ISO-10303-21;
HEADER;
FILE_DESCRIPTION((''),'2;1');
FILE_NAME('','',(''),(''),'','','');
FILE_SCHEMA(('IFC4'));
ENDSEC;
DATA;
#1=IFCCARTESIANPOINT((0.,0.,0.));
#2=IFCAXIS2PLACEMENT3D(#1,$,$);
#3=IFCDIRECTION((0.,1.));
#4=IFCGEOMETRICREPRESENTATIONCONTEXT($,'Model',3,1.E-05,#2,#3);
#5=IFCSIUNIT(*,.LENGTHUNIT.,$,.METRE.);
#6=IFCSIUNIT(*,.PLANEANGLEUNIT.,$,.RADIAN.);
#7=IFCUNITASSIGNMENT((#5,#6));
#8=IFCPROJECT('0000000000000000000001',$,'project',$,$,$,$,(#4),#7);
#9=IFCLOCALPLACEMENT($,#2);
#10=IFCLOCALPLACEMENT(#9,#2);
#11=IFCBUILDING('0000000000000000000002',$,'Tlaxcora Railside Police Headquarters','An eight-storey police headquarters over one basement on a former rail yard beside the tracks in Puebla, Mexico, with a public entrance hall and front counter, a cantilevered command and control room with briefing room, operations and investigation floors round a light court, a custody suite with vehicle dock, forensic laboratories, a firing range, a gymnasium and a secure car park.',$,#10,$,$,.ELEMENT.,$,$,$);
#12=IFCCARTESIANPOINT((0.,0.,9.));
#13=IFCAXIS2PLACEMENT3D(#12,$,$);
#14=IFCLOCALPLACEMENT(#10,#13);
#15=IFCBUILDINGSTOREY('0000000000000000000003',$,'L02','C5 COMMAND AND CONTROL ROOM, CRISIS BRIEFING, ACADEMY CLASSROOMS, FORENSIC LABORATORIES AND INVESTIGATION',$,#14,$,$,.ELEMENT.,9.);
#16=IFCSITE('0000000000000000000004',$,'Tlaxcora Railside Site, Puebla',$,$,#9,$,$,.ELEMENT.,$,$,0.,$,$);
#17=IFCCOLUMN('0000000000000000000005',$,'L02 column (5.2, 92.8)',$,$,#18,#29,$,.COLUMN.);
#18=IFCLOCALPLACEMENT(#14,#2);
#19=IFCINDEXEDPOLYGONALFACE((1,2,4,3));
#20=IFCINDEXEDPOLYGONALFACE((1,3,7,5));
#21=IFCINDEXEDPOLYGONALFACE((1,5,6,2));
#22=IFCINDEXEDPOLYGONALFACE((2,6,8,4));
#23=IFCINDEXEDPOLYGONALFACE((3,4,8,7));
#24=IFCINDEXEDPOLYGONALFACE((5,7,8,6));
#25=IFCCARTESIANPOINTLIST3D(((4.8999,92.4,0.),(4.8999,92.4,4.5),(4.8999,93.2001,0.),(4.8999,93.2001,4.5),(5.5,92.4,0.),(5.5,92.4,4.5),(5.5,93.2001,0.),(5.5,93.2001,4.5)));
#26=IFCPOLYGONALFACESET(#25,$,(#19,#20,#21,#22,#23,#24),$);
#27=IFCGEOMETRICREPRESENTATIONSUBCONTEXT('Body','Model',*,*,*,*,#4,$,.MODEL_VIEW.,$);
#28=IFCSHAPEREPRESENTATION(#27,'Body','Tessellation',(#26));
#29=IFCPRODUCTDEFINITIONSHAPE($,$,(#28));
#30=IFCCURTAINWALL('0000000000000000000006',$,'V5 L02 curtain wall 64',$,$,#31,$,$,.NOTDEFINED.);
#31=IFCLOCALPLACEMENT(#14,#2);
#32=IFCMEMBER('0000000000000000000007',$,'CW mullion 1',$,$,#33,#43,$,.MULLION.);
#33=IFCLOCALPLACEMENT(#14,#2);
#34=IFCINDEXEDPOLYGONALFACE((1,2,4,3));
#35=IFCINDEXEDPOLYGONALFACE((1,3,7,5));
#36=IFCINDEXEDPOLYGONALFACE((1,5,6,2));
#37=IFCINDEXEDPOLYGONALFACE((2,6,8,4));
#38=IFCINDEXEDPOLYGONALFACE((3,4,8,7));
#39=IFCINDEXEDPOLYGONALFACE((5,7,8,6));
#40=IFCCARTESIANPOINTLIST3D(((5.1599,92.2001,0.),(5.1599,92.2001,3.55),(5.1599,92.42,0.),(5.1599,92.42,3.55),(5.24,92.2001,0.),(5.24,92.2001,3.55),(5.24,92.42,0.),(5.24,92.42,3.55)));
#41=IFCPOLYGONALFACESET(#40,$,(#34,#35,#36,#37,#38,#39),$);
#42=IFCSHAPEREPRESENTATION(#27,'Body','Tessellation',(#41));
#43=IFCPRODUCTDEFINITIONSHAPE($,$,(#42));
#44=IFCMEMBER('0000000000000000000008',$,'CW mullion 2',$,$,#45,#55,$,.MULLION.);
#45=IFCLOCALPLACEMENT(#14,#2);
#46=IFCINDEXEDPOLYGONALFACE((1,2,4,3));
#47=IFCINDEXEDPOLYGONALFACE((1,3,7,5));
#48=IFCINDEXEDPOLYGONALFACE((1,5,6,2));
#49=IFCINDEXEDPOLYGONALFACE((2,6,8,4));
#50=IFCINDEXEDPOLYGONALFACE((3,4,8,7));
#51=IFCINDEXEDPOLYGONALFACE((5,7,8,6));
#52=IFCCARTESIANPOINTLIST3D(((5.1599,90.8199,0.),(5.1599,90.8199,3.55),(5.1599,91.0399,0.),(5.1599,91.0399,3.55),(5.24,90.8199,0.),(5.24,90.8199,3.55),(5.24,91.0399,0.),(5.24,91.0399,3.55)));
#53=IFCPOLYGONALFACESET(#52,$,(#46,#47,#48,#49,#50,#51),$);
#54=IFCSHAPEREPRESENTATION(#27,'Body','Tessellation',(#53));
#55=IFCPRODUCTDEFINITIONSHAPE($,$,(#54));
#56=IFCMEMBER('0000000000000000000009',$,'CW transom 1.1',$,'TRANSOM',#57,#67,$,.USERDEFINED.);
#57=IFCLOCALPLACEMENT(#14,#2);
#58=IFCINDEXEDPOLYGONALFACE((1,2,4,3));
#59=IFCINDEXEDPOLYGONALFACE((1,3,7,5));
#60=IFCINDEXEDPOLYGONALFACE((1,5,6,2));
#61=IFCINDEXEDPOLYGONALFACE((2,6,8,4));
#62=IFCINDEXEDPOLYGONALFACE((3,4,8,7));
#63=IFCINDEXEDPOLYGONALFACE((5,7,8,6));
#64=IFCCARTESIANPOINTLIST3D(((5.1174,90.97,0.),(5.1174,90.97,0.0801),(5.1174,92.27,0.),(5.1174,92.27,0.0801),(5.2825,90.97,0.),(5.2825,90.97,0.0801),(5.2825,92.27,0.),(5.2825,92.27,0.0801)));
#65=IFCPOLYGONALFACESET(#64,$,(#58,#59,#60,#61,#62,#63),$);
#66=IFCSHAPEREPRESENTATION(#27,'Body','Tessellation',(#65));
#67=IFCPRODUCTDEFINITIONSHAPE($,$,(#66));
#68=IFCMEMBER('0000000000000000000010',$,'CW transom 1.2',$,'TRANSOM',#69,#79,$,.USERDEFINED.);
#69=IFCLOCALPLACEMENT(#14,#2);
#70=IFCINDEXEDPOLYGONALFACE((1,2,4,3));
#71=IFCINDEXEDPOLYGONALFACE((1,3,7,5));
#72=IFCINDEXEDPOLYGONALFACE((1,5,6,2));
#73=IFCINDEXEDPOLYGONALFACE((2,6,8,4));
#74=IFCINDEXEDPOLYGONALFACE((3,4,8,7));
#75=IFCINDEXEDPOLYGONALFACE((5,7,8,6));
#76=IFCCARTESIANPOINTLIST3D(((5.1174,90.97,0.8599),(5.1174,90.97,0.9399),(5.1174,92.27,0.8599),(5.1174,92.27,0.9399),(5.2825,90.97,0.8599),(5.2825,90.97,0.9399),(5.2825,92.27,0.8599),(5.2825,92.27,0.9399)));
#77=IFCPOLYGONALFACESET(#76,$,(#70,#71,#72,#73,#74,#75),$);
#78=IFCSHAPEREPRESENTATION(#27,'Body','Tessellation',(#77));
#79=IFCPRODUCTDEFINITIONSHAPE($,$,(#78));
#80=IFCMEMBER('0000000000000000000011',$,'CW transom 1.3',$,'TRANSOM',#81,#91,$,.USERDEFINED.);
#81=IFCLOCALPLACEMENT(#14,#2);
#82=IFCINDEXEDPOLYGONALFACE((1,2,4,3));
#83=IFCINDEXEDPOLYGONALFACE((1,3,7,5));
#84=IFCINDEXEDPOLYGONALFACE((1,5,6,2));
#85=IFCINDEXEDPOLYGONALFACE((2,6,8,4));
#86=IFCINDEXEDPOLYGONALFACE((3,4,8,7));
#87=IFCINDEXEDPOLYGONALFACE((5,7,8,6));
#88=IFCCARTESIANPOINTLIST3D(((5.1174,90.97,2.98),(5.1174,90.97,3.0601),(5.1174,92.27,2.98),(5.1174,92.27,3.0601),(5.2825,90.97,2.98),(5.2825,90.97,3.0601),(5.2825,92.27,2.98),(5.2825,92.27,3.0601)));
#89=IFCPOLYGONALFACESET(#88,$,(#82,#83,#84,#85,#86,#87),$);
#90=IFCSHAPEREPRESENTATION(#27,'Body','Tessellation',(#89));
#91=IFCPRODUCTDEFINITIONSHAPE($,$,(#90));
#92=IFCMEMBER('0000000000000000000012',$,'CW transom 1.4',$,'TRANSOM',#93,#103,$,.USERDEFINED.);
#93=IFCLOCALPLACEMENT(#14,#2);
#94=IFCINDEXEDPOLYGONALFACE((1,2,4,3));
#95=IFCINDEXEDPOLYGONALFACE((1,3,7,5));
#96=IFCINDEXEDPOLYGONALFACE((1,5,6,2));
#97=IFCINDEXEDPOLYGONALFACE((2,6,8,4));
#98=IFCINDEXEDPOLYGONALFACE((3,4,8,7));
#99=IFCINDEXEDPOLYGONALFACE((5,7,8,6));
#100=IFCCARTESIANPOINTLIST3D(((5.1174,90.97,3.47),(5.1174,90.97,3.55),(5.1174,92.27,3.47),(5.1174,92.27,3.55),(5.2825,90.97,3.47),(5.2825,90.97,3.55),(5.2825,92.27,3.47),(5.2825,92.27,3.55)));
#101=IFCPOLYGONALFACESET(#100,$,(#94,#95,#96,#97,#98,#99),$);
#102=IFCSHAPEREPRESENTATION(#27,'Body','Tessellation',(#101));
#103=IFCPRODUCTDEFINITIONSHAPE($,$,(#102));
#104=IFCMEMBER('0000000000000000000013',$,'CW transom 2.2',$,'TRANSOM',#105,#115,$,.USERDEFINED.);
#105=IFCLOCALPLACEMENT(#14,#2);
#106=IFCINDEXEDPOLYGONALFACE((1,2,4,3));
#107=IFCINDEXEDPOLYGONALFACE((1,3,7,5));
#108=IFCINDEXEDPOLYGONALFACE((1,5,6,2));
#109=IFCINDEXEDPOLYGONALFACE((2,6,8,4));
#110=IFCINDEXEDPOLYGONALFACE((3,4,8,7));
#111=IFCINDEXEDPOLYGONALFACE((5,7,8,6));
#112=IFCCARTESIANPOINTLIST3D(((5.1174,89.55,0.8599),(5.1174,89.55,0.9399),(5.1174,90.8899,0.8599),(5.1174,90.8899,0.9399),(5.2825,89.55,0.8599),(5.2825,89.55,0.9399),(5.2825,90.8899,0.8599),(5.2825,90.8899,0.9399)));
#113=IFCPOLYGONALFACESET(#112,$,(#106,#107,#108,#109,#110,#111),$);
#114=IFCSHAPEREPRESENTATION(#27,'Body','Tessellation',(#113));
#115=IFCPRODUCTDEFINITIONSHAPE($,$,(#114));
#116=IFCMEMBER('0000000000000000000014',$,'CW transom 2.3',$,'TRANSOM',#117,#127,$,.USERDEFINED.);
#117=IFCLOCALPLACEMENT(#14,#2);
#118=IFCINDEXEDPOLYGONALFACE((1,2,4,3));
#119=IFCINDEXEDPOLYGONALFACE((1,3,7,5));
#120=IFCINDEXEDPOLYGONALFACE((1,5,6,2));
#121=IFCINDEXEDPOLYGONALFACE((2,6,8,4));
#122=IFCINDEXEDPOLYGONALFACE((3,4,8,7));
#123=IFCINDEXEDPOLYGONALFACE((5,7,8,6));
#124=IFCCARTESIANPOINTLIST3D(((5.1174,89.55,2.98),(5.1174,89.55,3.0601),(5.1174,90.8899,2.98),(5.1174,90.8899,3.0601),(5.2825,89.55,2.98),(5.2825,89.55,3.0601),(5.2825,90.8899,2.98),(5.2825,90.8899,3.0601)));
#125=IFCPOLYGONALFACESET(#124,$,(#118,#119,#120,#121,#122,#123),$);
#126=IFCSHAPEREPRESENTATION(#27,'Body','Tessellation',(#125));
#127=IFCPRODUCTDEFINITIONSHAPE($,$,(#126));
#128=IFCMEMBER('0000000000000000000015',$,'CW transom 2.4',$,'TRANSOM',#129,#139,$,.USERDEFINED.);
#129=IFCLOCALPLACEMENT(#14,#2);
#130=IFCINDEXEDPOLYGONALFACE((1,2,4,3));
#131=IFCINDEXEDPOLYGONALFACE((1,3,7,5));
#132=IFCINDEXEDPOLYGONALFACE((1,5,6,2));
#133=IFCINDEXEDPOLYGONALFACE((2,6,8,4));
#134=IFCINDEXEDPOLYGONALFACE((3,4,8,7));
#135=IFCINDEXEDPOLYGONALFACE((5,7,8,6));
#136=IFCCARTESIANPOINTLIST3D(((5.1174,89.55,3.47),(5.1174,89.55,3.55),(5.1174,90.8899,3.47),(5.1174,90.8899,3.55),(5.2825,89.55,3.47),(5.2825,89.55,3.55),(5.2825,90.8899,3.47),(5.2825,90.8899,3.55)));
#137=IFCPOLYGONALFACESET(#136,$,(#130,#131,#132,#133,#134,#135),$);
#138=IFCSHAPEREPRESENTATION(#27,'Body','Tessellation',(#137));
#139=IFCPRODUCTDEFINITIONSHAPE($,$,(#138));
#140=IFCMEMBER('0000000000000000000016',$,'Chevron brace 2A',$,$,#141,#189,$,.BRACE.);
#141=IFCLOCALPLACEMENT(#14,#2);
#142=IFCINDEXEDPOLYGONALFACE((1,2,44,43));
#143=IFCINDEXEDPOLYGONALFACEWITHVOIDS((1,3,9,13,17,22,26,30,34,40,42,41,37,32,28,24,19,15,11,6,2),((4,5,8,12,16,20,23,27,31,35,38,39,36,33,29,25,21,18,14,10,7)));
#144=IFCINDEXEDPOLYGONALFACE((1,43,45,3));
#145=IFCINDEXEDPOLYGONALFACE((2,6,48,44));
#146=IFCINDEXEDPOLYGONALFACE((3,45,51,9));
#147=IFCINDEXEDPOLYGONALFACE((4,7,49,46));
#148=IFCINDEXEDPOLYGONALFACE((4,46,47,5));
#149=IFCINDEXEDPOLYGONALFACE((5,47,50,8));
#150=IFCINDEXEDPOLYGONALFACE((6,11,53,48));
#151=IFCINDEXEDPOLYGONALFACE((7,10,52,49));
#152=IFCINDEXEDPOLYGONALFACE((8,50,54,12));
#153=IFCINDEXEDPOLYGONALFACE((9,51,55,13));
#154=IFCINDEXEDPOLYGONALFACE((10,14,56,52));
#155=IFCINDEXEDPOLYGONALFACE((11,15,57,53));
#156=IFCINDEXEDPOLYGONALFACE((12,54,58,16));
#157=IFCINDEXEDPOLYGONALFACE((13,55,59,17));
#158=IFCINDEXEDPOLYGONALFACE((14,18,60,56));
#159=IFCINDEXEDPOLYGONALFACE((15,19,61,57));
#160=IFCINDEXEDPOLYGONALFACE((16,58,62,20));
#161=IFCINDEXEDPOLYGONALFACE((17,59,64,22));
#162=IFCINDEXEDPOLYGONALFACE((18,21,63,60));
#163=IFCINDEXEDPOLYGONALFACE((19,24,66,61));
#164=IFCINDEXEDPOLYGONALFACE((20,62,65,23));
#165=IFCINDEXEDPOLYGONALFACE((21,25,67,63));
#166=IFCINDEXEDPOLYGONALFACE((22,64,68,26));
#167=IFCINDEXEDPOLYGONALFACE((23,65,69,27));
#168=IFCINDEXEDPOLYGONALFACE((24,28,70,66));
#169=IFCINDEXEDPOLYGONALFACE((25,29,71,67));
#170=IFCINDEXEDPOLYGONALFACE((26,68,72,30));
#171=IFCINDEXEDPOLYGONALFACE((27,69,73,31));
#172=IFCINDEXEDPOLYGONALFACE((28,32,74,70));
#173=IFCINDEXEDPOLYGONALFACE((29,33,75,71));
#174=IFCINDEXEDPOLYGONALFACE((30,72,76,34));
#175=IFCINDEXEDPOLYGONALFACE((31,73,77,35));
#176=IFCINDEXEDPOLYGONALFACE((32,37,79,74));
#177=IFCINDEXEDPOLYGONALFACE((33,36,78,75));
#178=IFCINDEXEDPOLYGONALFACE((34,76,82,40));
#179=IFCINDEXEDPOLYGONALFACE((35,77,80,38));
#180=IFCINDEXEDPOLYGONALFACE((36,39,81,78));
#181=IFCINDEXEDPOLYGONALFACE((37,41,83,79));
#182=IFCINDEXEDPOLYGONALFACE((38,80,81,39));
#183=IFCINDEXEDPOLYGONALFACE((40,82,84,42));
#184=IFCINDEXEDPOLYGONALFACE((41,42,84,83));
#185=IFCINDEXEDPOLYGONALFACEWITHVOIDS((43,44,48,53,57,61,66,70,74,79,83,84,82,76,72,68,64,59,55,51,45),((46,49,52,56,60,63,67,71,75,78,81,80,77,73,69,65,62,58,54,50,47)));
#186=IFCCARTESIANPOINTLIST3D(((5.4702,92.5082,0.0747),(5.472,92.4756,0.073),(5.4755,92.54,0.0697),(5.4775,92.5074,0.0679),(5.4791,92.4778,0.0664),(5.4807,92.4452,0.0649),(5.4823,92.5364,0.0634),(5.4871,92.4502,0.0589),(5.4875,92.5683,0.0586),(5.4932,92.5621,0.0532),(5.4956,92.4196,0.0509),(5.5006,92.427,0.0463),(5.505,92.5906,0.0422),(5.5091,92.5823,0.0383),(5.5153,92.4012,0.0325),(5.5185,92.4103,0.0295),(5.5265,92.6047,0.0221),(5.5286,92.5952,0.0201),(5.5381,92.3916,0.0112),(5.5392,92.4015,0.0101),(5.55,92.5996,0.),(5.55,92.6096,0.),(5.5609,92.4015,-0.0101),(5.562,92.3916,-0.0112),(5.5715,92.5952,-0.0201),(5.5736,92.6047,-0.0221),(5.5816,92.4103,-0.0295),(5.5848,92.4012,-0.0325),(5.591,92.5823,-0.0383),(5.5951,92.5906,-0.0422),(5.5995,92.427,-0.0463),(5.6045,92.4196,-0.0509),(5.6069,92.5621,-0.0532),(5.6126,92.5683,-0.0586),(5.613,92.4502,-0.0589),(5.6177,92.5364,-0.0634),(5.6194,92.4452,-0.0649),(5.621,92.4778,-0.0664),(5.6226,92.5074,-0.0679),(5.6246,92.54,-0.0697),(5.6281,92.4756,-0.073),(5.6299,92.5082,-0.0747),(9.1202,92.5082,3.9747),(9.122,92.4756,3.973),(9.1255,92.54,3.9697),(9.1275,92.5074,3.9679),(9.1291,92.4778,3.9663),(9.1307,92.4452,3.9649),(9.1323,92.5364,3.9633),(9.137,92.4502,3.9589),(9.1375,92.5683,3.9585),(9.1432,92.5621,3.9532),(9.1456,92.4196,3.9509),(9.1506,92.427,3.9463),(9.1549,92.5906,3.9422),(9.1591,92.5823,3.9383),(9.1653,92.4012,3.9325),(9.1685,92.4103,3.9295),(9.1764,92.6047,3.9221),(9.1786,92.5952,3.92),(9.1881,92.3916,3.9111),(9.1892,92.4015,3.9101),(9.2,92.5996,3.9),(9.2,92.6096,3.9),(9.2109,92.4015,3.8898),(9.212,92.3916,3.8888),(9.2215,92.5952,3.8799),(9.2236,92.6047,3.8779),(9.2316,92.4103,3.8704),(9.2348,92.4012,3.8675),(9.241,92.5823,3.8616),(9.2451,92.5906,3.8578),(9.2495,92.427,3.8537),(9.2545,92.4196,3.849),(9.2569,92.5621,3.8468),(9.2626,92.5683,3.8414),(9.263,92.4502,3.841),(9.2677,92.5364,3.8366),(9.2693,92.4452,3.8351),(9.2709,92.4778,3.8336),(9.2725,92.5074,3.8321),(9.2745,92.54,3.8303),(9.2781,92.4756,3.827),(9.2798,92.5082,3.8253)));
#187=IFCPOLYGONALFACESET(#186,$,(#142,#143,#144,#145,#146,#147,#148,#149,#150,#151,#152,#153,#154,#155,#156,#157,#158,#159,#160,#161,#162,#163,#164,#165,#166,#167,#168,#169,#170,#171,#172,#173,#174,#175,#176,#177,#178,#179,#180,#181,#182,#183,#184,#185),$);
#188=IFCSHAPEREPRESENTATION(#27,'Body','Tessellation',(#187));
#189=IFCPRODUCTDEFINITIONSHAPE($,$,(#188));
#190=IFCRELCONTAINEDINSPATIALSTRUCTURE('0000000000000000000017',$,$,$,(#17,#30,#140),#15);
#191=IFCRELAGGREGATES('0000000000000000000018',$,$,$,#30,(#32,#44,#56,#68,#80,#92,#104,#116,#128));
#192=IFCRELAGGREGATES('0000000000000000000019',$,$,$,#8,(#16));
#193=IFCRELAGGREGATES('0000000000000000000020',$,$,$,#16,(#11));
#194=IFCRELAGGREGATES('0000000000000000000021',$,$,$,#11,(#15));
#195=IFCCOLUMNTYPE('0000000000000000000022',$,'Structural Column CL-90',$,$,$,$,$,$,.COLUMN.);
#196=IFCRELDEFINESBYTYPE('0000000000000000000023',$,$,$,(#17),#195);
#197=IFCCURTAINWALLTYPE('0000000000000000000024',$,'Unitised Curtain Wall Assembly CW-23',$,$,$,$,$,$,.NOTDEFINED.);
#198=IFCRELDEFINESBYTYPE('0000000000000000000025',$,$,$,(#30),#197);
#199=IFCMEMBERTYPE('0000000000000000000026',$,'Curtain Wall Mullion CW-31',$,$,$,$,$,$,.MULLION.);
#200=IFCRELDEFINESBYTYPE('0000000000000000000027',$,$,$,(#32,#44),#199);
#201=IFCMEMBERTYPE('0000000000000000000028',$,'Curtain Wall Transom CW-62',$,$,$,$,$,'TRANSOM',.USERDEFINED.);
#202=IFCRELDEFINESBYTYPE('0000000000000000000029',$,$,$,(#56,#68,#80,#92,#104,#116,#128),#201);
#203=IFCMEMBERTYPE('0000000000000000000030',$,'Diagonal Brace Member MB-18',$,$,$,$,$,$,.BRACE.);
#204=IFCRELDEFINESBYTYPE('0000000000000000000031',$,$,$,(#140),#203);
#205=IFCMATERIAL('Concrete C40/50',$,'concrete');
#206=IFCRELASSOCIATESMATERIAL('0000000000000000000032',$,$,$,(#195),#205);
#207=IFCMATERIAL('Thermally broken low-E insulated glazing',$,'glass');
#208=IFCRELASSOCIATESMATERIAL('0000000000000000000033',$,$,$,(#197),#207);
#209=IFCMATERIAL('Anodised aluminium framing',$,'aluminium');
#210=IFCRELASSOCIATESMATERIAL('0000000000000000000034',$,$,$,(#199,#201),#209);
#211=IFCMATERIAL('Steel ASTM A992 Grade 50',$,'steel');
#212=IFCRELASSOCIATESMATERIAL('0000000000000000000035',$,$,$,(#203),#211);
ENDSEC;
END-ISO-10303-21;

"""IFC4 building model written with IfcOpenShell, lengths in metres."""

from ifc_helpers import new_model, si_unit, direction, frame, origin, origin_2d, place, context, subcontext, project, spatial, rectangle, hollow_circle, extrude, material, material_profile, profile_set, type_object, element, aggregate, save


model = new_model("IFC4")

# Units and contexts
model_context = context("Model", 3, precision=1e-05, world=origin(), true_north=direction((0.0, 1.0)))
body_context = subcontext(model_context, "Body", "Model", "MODEL_VIEW")
ifc_project = project(units=[si_unit("LENGTHUNIT", "METRE"), si_unit("PLANEANGLEUNIT", "RADIAN")], contexts=[model_context])

# Site, building, storey
site_placement = place(None, origin())
site = spatial("IfcSite", under=ifc_project, at=site_placement, Name="Tlaxcora Railside Site, Puebla", CompositionType="ELEMENT", RefElevation=0.0)
building_placement = place(site_placement, origin())
building = spatial("IfcBuilding", under=site, at=building_placement, Name="Tlaxcora Railside Police Headquarters", Description="An eight-storey police headquarters over one basement on a former rail yard beside the tracks in Puebla, Mexico, with a public entrance hall and front counter, a cantilevered command and control room with briefing room, operations and investigation floors round a light court, a custody suite with vehicle dock, forensic laboratories, a firing range, a gymnasium and a secure car park.", CompositionType="ELEMENT")
storey_placement = place(building_placement, frame((0.0, 0.0, 9.0)))
storey = spatial("IfcBuildingStorey", under=building, at=storey_placement, Name="L02", Description="C5 COMMAND AND CONTROL ROOM, CRISIS BRIEFING, ACADEMY CLASSROOMS, FORENSIC LABORATORIES AND INVESTIGATION", CompositionType="ELEMENT", Elevation=9.0)

# Column
ifc_material_1 = material(Name="Concrete C40/50", Category="concrete")
ifc_material_profile_1 = material_profile(ifc_material_1, rectangle(XDim=0.6001, YDim=0.8, at=origin_2d()), Name="RC600X800")
ifc_profile_set_1 = profile_set([ifc_material_profile_1], Name="Concrete C40/50")
column_type = type_object("IfcColumnType", Name="Structural Column CL-90", PredefinedType="COLUMN", material=ifc_profile_set_1)
column_placement = place(storey_placement, frame((5.2, 92.8, 0.0), z_axis=(0.0, 0.0, 1.0), x_axis=(1.0, 0.0, 0.0)))
element("IfcColumn", 1, at=column_placement, inside=storey, type_object=column_type, Name="L02 column (5.2, 92.8)", PredefinedType="COLUMN", context=body_context, shape_type="SweptSolid", body=[
    extrude(rectangle(XDim=0.6001, YDim=0.8, at=origin_2d()), origin(), (0.0, 0.0, 1.0), 4.5),
])

# Curtain wall, members
ifc_material_2 = material(Name="Thermally broken low-E insulated glazing", Category="glass")
curtain_wall_type = type_object("IfcCurtainWallType", Name="Unitised Curtain Wall Assembly CW-23", PredefinedType="NOTDEFINED", material=ifc_material_2)
curtain_wall_placement = place(storey_placement, origin())
curtain_wall = element("IfcCurtainWall", 2, at=curtain_wall_placement, inside=storey, type_object=curtain_wall_type, Name="V5 L02 curtain wall 64", PredefinedType="NOTDEFINED")
ifc_material_3 = material(Name="Anodised aluminium framing", Category="aluminium")
ifc_material_profile_2 = material_profile(ifc_material_3, rectangle(XDim=0.0801, YDim=0.22, at=origin_2d()), Name="AL80X220")
ifc_profile_set_2 = profile_set([ifc_material_profile_2], Name="Anodised aluminium framing")
member_type_1 = type_object("IfcMemberType", Name="Curtain Wall Mullion CW-31", PredefinedType="MULLION", material=ifc_profile_set_2)
member_1_placement = place(storey_placement, frame((5.2, 92.3101, 0.0), z_axis=(0.0, 0.0, 1.0), x_axis=(1.0, 0.0, 0.0)))
member_1 = element("IfcMember", 3, at=member_1_placement, type_object=member_type_1, Name="CW mullion 1", PredefinedType="MULLION", context=body_context, shape_type="SweptSolid", body=[
    extrude(rectangle(XDim=0.0801, YDim=0.22, at=origin_2d()), origin(), (0.0, 0.0, 1.0), 3.55),
])
member_2_placement = place(storey_placement, frame((5.2, 90.9299, 0.0), z_axis=(0.0, 0.0, 1.0), x_axis=(1.0, 0.0, 0.0)))
member_2 = element("IfcMember", 4, at=member_2_placement, type_object=member_type_1, Name="CW mullion 2", PredefinedType="MULLION", context=body_context, shape_type="SweptSolid", body=[
    extrude(rectangle(XDim=0.0801, YDim=0.22, at=origin_2d()), origin(), (0.0, 0.0, 1.0), 3.55),
])
ifc_material_profile_3 = material_profile(ifc_material_3, rectangle(XDim=0.165, YDim=0.0801, at=origin_2d()), Name="AL80X165")
ifc_profile_set_3 = profile_set([ifc_material_profile_3], Name="Anodised aluminium framing")
member_type_2 = type_object("IfcMemberType", Name="Curtain Wall Transom CW-62", ElementType="TRANSOM", PredefinedType="USERDEFINED", material=ifc_profile_set_3)
member_3_placement = place(storey_placement, frame((5.2, 92.27, 0.04), z_axis=(0.0, -1.0, 0.0), x_axis=(1.0, 0.0, 0.0)))
member_3 = element("IfcMember", 5, at=member_3_placement, type_object=member_type_2, Name="CW transom 1.1", ObjectType="TRANSOM", PredefinedType="USERDEFINED", context=body_context, shape_type="SweptSolid", body=[
    extrude(rectangle(XDim=0.165, YDim=0.0801, at=origin_2d()), origin(), (0.0, 0.0, 1.0), 1.3),
])
member_4_placement = place(storey_placement, frame((5.2, 92.27, 0.8999), z_axis=(0.0, -1.0, 0.0), x_axis=(1.0, 0.0, 0.0)))
member_4 = element("IfcMember", 6, at=member_4_placement, type_object=member_type_2, Name="CW transom 1.2", ObjectType="TRANSOM", PredefinedType="USERDEFINED", context=body_context, shape_type="SweptSolid", body=[
    extrude(rectangle(XDim=0.165, YDim=0.0801, at=origin_2d()), origin(), (0.0, 0.0, 1.0), 1.3),
])
member_5_placement = place(storey_placement, frame((5.2, 92.27, 3.02), z_axis=(0.0, -1.0, 0.0), x_axis=(1.0, 0.0, 0.0)))
member_5 = element("IfcMember", 7, at=member_5_placement, type_object=member_type_2, Name="CW transom 1.3", ObjectType="TRANSOM", PredefinedType="USERDEFINED", context=body_context, shape_type="SweptSolid", body=[
    extrude(rectangle(XDim=0.165, YDim=0.0801, at=origin_2d()), origin(), (0.0, 0.0, 1.0), 1.3),
])
member_6_placement = place(storey_placement, frame((5.2, 92.27, 3.51), z_axis=(0.0, -1.0, 0.0), x_axis=(1.0, 0.0, 0.0)))
member_6 = element("IfcMember", 8, at=member_6_placement, type_object=member_type_2, Name="CW transom 1.4", ObjectType="TRANSOM", PredefinedType="USERDEFINED", context=body_context, shape_type="SweptSolid", body=[
    extrude(rectangle(XDim=0.165, YDim=0.0801, at=origin_2d()), origin(), (0.0, 0.0, 1.0), 1.3),
])
member_7_placement = place(storey_placement, frame((5.2, 90.8899, 0.8999), z_axis=(0.0, -1.0, 0.0), x_axis=(1.0, 0.0, 0.0)))
member_7 = element("IfcMember", 9, at=member_7_placement, type_object=member_type_2, Name="CW transom 2.2", ObjectType="TRANSOM", PredefinedType="USERDEFINED", context=body_context, shape_type="SweptSolid", body=[
    extrude(rectangle(XDim=0.165, YDim=0.0801, at=origin_2d()), origin(), (0.0, 0.0, 1.0), 1.3398),
])
member_8_placement = place(storey_placement, frame((5.2, 90.8899, 3.02), z_axis=(0.0, -1.0, 0.0), x_axis=(1.0, 0.0, 0.0)))
member_8 = element("IfcMember", 10, at=member_8_placement, type_object=member_type_2, Name="CW transom 2.3", ObjectType="TRANSOM", PredefinedType="USERDEFINED", context=body_context, shape_type="SweptSolid", body=[
    extrude(rectangle(XDim=0.165, YDim=0.0801, at=origin_2d()), origin(), (0.0, 0.0, 1.0), 1.3398),
])
member_9_placement = place(storey_placement, frame((5.2, 90.8899, 3.51), z_axis=(0.0, -1.0, 0.0), x_axis=(1.0, 0.0, 0.0)))
member_9 = element("IfcMember", 11, at=member_9_placement, type_object=member_type_2, Name="CW transom 2.4", ObjectType="TRANSOM", PredefinedType="USERDEFINED", context=body_context, shape_type="SweptSolid", body=[
    extrude(rectangle(XDim=0.165, YDim=0.0801, at=origin_2d()), origin(), (0.0, 0.0, 1.0), 1.3398),
])

# Member
ifc_material_4 = material(Name="Steel ASTM A992 Grade 50", Category="steel")
ifc_material_profile_4 = material_profile(ifc_material_4, hollow_circle(Radius=0.1096, WallThickness=0.01, at=origin_2d()), Name="CHS219X10")
ifc_profile_set_4 = profile_set([ifc_material_profile_4], Name="Steel ASTM A992 Grade 50")
member_type_3 = type_object("IfcMemberType", Name="Diagonal Brace Member MB-18", PredefinedType="BRACE", material=ifc_profile_set_4)
for number, where, z_axis, x_axis, name in (
    (12, (5.55, 92.5, 0.0), (0.683318, 0.0, 0.730121), (0.0, 1.0, 0.0), "Chevron brace 2A"),
):
    element("IfcMember", number, at=place(storey_placement, frame(where, z_axis=z_axis, x_axis=x_axis)), inside=storey, type_object=member_type_3, Name=name, PredefinedType="BRACE", context=body_context, shape_type="SweptSolid", body=[
        extrude(hollow_circle(Radius=0.1096, WallThickness=0.01, at=origin_2d()), origin(), (0.0, 0.0, 1.0), 5.3416),
    ])

aggregate(curtain_wall, [member_1, member_2, member_3, member_4, member_5, member_6, member_7, member_8, member_9])

save(model, "model.ifc")
